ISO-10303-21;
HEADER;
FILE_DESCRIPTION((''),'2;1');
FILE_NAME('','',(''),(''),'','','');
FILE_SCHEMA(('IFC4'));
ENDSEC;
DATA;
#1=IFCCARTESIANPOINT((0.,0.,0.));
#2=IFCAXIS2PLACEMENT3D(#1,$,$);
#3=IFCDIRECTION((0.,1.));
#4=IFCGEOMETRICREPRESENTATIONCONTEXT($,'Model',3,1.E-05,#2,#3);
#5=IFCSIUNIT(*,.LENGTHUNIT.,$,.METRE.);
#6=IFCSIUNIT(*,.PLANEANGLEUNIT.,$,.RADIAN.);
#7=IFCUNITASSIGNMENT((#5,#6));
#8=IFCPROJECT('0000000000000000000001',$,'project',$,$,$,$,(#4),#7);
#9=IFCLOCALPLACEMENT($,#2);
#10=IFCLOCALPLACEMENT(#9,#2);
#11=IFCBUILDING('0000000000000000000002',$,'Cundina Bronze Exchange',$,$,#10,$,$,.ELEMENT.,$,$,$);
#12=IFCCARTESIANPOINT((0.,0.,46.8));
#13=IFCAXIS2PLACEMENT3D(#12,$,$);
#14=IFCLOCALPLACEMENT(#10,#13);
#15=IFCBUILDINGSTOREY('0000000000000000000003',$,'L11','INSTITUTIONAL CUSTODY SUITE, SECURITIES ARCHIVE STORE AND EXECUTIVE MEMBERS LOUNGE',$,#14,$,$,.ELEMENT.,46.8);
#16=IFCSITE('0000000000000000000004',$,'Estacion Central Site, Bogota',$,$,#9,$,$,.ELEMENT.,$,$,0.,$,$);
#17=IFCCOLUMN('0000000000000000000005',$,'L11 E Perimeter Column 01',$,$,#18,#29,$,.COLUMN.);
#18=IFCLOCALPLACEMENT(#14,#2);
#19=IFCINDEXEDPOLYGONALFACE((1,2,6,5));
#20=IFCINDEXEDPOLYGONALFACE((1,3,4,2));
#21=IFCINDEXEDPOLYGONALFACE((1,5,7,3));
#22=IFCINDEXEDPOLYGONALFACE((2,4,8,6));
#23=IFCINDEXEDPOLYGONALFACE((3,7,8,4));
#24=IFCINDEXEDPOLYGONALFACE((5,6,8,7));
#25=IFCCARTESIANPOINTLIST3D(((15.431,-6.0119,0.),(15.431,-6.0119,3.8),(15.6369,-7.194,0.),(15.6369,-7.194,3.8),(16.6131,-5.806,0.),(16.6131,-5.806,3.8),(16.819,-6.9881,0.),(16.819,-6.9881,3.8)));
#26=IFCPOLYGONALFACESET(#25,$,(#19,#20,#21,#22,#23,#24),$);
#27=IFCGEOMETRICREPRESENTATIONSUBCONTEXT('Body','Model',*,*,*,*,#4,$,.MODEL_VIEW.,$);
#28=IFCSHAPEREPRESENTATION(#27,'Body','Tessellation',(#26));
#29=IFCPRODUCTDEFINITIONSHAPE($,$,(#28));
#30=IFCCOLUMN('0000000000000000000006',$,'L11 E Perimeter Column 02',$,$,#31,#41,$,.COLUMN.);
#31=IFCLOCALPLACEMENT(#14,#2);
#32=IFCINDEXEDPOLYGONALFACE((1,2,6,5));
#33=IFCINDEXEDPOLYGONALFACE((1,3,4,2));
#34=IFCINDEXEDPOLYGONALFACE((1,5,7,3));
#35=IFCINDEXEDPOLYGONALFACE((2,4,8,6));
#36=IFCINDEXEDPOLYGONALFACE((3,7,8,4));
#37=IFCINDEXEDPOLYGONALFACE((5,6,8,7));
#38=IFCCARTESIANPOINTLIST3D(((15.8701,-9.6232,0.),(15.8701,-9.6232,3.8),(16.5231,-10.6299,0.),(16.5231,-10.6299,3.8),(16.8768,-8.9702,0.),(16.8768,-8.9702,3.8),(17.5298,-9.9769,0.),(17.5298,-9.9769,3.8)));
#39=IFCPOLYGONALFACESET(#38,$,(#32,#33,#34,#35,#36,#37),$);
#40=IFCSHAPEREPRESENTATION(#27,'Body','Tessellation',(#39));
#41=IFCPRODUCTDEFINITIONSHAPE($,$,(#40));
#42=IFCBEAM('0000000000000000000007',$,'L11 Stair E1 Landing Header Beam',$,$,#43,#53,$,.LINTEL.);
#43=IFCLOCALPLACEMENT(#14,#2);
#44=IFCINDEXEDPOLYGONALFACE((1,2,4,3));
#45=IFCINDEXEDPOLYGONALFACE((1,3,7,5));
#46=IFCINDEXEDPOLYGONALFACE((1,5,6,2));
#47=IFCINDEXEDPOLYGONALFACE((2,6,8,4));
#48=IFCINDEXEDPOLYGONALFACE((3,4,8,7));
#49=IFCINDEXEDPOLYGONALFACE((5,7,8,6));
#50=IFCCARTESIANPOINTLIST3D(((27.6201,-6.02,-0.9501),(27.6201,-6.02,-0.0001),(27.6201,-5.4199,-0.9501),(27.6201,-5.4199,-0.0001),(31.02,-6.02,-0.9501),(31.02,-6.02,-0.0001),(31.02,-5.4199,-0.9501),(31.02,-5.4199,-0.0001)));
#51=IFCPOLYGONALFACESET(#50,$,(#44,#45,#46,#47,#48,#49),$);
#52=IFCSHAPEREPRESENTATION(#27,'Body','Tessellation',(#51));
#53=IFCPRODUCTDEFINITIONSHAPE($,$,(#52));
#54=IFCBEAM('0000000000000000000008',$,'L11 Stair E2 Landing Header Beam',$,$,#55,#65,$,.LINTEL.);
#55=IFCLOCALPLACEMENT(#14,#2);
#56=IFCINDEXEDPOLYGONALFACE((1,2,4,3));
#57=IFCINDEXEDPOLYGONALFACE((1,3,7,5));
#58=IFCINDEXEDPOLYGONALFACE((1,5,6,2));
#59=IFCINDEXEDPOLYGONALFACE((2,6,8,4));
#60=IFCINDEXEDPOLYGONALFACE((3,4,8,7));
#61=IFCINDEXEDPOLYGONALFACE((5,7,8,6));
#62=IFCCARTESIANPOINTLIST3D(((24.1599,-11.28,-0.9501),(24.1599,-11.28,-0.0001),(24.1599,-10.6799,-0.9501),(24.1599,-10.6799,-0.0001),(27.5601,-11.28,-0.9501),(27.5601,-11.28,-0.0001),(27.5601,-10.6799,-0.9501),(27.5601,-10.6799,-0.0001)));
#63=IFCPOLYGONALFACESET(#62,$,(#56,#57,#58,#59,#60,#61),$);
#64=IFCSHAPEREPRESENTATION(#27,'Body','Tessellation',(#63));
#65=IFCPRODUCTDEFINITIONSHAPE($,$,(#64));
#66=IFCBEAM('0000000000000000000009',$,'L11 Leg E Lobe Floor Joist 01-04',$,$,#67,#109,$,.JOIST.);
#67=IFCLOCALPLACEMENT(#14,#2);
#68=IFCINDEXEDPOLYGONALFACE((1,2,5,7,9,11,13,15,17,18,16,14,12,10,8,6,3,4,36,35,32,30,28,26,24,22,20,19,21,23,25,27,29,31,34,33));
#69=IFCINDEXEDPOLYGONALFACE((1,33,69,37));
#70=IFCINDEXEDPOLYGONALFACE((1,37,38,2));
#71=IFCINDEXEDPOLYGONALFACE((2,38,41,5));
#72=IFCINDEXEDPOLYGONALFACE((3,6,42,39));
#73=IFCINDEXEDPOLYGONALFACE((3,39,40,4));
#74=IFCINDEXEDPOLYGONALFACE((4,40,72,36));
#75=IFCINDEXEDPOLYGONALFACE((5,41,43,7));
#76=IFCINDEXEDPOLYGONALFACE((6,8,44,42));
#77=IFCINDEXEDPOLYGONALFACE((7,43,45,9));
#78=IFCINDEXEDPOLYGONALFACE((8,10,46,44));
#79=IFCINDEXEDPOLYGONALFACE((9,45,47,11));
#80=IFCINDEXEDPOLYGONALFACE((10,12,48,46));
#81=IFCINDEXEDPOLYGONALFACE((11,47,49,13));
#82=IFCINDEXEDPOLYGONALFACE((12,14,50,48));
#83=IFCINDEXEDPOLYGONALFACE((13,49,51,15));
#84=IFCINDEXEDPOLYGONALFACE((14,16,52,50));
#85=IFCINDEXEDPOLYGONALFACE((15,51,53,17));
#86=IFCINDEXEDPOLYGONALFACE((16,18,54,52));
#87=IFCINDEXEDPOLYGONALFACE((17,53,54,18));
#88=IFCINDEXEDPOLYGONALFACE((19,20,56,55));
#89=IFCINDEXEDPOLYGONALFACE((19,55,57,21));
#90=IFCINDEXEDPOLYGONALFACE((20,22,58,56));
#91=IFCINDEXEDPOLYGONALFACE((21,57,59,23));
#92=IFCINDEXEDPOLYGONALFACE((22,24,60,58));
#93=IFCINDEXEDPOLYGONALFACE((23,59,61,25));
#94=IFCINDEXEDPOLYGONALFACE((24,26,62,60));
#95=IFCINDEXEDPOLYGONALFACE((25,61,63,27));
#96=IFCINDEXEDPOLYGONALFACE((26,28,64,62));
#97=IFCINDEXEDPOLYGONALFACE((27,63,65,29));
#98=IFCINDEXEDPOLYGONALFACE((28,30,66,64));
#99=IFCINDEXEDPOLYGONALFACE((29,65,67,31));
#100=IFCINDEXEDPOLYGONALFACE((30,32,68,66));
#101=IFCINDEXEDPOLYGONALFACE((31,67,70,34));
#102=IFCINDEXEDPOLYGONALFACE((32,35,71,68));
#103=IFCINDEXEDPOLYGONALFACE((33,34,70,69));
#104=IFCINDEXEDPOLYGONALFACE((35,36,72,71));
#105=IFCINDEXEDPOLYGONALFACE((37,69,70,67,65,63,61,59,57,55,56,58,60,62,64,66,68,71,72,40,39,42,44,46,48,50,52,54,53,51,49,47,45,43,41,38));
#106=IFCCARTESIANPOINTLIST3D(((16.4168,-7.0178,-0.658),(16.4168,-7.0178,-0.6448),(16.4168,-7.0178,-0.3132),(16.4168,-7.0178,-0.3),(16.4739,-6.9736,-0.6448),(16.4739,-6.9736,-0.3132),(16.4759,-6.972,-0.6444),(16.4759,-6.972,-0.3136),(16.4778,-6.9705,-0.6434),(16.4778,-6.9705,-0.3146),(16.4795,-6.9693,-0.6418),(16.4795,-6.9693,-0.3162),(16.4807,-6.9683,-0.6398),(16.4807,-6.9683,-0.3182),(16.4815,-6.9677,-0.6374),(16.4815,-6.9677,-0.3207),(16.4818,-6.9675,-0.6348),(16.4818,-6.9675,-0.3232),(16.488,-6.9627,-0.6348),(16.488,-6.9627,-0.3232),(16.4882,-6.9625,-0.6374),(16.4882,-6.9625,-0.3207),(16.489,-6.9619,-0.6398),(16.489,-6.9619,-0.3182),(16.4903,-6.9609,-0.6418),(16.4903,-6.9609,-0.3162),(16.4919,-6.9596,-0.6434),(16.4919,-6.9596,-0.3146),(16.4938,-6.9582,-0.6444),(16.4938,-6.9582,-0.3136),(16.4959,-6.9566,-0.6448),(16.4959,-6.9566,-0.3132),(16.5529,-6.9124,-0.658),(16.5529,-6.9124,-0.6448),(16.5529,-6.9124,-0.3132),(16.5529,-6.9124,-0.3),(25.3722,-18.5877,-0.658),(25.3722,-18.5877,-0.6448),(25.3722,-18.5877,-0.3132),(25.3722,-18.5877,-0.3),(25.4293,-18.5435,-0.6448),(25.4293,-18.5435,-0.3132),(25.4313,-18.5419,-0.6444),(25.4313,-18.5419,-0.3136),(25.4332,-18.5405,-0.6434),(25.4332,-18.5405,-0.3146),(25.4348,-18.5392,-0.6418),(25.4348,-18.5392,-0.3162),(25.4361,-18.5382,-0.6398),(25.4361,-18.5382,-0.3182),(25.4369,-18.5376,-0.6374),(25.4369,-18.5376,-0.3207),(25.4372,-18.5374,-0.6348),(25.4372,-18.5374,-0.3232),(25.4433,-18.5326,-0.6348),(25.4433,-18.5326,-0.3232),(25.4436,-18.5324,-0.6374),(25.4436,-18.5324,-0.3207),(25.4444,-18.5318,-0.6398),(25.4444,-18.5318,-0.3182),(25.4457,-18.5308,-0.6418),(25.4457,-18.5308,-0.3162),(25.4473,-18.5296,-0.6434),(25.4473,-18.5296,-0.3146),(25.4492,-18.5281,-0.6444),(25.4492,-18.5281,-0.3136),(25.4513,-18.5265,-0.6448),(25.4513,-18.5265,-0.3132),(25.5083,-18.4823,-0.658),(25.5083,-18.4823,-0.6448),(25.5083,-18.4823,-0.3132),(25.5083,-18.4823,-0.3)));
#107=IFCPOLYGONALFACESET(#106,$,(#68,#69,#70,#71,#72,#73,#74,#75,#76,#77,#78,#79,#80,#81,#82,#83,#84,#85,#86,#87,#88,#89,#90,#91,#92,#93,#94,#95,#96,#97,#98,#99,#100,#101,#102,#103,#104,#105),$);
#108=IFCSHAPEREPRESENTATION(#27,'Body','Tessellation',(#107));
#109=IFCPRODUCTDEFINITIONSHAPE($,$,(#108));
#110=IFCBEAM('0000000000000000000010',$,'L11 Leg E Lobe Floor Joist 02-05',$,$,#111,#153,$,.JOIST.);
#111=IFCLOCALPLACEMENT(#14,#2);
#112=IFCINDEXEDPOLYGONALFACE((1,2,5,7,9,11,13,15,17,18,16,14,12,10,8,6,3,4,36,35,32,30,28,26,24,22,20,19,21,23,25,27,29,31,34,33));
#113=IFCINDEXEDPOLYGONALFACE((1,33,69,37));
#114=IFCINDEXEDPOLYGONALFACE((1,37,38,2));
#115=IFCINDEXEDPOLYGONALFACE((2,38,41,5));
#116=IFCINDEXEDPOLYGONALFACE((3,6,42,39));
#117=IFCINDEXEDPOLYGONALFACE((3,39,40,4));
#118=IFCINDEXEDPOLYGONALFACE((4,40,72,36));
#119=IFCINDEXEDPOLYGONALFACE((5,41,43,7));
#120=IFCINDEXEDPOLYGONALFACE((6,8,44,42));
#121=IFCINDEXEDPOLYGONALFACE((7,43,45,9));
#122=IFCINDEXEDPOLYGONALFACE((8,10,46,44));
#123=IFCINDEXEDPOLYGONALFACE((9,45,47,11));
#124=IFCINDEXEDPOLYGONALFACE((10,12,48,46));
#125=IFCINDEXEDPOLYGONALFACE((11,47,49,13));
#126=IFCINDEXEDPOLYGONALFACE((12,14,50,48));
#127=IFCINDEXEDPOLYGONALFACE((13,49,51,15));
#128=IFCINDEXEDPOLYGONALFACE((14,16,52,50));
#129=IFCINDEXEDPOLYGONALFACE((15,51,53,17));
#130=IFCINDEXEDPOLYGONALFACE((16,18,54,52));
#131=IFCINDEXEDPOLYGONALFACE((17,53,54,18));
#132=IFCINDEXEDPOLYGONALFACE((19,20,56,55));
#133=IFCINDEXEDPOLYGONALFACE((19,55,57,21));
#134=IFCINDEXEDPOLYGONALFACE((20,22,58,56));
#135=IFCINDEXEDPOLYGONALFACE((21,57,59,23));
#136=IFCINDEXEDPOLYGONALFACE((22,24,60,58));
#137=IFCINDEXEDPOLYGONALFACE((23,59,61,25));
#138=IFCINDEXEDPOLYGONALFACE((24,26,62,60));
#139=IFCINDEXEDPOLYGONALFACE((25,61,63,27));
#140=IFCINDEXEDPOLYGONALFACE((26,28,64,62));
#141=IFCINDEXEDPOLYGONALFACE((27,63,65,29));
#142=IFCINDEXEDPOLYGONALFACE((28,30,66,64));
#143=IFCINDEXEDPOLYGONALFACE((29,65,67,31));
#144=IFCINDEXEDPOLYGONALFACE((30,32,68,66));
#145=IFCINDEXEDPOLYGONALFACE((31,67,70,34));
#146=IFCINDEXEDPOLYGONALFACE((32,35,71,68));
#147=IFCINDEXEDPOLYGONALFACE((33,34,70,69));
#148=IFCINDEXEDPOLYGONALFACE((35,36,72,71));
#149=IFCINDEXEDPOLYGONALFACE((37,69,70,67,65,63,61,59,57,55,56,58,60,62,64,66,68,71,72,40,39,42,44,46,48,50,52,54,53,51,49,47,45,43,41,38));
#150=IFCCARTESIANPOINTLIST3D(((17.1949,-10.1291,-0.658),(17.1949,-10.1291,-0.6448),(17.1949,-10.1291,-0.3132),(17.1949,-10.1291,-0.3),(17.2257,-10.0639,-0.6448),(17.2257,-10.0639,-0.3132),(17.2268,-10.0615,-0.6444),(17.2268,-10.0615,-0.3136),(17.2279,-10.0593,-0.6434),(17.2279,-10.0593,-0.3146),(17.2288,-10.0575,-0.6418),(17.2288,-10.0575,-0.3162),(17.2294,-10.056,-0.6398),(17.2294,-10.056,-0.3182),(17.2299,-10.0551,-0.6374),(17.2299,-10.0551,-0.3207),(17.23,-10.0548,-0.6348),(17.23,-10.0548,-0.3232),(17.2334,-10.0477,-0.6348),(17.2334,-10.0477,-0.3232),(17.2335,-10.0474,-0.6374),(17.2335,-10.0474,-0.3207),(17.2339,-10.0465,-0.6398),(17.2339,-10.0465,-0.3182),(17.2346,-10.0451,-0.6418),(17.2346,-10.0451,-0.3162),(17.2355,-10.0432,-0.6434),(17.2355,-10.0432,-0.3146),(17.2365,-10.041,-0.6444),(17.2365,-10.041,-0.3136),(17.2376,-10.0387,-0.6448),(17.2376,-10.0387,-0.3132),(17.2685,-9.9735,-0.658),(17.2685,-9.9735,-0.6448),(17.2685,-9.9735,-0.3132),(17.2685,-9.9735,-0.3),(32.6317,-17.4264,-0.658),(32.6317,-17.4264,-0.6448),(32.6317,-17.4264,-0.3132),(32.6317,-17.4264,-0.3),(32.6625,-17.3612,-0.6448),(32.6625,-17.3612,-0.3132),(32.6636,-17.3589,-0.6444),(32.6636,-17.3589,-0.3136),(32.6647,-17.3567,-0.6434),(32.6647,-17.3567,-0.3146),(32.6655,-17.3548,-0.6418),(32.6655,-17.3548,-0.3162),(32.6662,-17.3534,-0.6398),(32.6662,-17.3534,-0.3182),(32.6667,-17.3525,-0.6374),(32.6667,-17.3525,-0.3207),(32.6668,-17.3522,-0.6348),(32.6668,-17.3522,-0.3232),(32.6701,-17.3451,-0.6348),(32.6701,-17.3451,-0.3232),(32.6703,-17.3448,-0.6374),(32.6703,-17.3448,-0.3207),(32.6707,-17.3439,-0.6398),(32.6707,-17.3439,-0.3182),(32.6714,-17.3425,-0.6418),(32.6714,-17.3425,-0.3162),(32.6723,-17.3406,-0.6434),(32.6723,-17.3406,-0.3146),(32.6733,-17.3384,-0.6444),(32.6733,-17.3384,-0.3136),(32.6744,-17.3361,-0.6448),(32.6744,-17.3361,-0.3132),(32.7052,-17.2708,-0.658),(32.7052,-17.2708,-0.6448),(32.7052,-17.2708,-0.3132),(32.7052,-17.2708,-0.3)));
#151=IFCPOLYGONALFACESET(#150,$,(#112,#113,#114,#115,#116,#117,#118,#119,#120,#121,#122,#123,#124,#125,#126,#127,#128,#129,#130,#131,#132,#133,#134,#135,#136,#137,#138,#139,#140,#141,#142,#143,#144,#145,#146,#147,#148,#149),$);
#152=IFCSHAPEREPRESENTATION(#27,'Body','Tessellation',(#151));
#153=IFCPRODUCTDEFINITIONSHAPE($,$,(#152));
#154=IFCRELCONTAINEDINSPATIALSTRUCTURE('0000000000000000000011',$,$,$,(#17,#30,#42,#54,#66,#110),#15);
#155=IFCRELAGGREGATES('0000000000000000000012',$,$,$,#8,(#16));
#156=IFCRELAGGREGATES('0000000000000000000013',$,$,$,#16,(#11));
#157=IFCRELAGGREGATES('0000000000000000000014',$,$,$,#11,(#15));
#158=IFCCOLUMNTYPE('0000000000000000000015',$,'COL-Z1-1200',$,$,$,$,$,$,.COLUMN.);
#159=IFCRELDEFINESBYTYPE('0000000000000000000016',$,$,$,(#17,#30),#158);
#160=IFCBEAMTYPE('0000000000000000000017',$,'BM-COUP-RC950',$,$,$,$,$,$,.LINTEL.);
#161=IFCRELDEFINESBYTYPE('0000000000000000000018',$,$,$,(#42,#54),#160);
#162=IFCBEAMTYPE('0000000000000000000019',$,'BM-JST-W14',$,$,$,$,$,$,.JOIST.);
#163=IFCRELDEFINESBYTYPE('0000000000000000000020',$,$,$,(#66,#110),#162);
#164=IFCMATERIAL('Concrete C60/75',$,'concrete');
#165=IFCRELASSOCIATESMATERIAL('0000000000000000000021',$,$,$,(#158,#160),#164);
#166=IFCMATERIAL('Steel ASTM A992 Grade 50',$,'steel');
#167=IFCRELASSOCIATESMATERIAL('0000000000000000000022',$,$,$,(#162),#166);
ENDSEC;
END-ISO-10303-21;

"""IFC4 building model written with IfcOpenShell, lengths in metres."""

from ifc_helpers import new_model, si_unit, direction, frame, origin, origin_2d, place, context, subcontext, project, spatial, rectangle, i_section, extrude, material, material_profile, profile_set, type_object, element, save


model = new_model("IFC4")

# Units and contexts
model_context = context("Model", 3, precision=1e-05, world=origin(), true_north=direction((0.0, 1.0)))
body_context = subcontext(model_context, "Body", "Model", "MODEL_VIEW")
ifc_project = project(units=[si_unit("LENGTHUNIT", "METRE"), si_unit("PLANEANGLEUNIT", "RADIAN")], contexts=[model_context])

# Site, building, storey
site_placement = place(None, origin())
site = spatial("IfcSite", under=ifc_project, at=site_placement, Name="Estacion Central Site, Bogota", CompositionType="ELEMENT", RefElevation=0.0)
building_placement = place(site_placement, origin())
building = spatial("IfcBuilding", under=site, at=building_placement, Name="Cundina Bronze Exchange", CompositionType="ELEMENT")
storey_placement = place(building_placement, frame((0.0, 0.0, 46.8)))
storey = spatial("IfcBuildingStorey", under=building, at=storey_placement, Name="L11", Description="INSTITUTIONAL CUSTODY SUITE, SECURITIES ARCHIVE STORE AND EXECUTIVE MEMBERS LOUNGE", CompositionType="ELEMENT", Elevation=46.8)

# Columns
ifc_material_1 = material(Name="Concrete C60/75", Category="concrete")
ifc_material_profile_1 = material_profile(ifc_material_1, rectangle(XDim=1.2, YDim=1.2, at=origin_2d()), Name="RC1200X1200", Category="concrete")
ifc_profile_set_1 = profile_set([ifc_material_profile_1], Name="Concrete C60/75")
column_type = type_object("IfcColumnType", Name="COL-Z1-1200", PredefinedType="COLUMN", material=ifc_profile_set_1)
for number, where, z_axis, x_axis, name in (
    (1, (16.125, -6.5, 0.0), (0.0, 0.0, 1.0), (0.171585, -0.985169, 0.0), "L11 E Perimeter Column 01"),
    (2, (16.7, -9.8, 0.0), (0.0, 0.0, 1.0), (0.5442, -0.838956, 0.0), "L11 E Perimeter Column 02"),
):
    element("IfcColumn", number, at=place(storey_placement, frame(where, z_axis=z_axis, x_axis=x_axis)), inside=storey, type_object=column_type, Name=name, PredefinedType="COLUMN", context=body_context, shape_type="SweptSolid", body=[
        extrude(rectangle(XDim=1.2, YDim=1.2, at=origin_2d()), origin(), (0.0, 0.0, 1.0), 3.8),
    ])

# Beams
ifc_material_profile_2 = material_profile(ifc_material_1, rectangle(XDim=0.6001, YDim=0.95, at=origin_2d()), Name="RC600X950", Category="concrete")
ifc_profile_set_2 = profile_set([ifc_material_profile_2], Name="Concrete C60/75")
beam_type_1 = type_object("IfcBeamType", Name="BM-COUP-RC950", PredefinedType="LINTEL", material=ifc_profile_set_2)
beam_1_placement = place(storey_placement, frame((27.6201, -5.72, -0.4751), z_axis=(1.0, 0.0, 0.0), x_axis=(0.0, 1.0, 0.0)))
element("IfcBeam", 3, at=beam_1_placement, inside=storey, type_object=beam_type_1, Name="L11 Stair E1 Landing Header Beam", PredefinedType="LINTEL", context=body_context, shape_type="SweptSolid", body=[
    extrude(rectangle(XDim=0.6001, YDim=0.95, at=origin_2d()), origin(), (0.0, 0.0, 1.0), 3.3999),
])
beam_2_placement = place(storey_placement, frame((24.1599, -10.98, -0.4751), z_axis=(1.0, 0.0, 0.0), x_axis=(0.0, 1.0, 0.0)))
element("IfcBeam", 4, at=beam_2_placement, inside=storey, type_object=beam_type_1, Name="L11 Stair E2 Landing Header Beam", PredefinedType="LINTEL", context=body_context, shape_type="SweptSolid", body=[
    extrude(rectangle(XDim=0.6001, YDim=0.95, at=origin_2d()), origin(), (0.0, 0.0, 1.0), 3.4001),
])
ifc_material_2 = material(Name="Steel ASTM A992 Grade 50", Category="steel")
ifc_material_profile_3 = material_profile(ifc_material_2, i_section(OverallWidth=0.1721, OverallDepth=0.3579, WebThickness=0.0078, FlangeThickness=0.0132, FilletRadius=0.01, at=origin_2d()), Name="W14X38", Category="steel")
ifc_profile_set_3 = profile_set([ifc_material_profile_3], Name="Steel ASTM A992 Grade 50")
beam_type_2 = type_object("IfcBeamType", Name="BM-JST-W14", PredefinedType="JOIST", material=ifc_profile_set_3)
beam_3_placement = place(storey_placement, frame((16.4849, -6.9651, -0.479), z_axis=(0.612089, -0.790789, 0.0), x_axis=(0.790789, 0.612089, 0.0)))
element("IfcBeam", 5, at=beam_3_placement, inside=storey, type_object=beam_type_2, Name="L11 Leg E Lobe Floor Joist 01-04", PredefinedType="JOIST", context=body_context, shape_type="SweptSolid", body=[
    extrude(i_section(OverallWidth=0.1721, OverallDepth=0.3579, WebThickness=0.0078, FlangeThickness=0.0132, FilletRadius=0.01, at=origin_2d()), origin(), (0.0, 0.0, 1.0), 14.6309),
])
beam_4_placement = place(storey_placement, frame((17.2317, -10.0513, -0.479), z_axis=(0.904073, -0.427379, 0.0), x_axis=(0.427379, 0.904073, 0.0)))
element("IfcBeam", 6, at=beam_4_placement, inside=storey, type_object=beam_type_2, Name="L11 Leg E Lobe Floor Joist 02-05", PredefinedType="JOIST", context=body_context, shape_type="SweptSolid", body=[
    extrude(i_section(OverallWidth=0.1721, OverallDepth=0.3579, WebThickness=0.0078, FlangeThickness=0.0132, FilletRadius=0.01, at=origin_2d()), origin(), (0.0, 0.0, 1.0), 17.0747),
])

save(model, "model.ifc")
